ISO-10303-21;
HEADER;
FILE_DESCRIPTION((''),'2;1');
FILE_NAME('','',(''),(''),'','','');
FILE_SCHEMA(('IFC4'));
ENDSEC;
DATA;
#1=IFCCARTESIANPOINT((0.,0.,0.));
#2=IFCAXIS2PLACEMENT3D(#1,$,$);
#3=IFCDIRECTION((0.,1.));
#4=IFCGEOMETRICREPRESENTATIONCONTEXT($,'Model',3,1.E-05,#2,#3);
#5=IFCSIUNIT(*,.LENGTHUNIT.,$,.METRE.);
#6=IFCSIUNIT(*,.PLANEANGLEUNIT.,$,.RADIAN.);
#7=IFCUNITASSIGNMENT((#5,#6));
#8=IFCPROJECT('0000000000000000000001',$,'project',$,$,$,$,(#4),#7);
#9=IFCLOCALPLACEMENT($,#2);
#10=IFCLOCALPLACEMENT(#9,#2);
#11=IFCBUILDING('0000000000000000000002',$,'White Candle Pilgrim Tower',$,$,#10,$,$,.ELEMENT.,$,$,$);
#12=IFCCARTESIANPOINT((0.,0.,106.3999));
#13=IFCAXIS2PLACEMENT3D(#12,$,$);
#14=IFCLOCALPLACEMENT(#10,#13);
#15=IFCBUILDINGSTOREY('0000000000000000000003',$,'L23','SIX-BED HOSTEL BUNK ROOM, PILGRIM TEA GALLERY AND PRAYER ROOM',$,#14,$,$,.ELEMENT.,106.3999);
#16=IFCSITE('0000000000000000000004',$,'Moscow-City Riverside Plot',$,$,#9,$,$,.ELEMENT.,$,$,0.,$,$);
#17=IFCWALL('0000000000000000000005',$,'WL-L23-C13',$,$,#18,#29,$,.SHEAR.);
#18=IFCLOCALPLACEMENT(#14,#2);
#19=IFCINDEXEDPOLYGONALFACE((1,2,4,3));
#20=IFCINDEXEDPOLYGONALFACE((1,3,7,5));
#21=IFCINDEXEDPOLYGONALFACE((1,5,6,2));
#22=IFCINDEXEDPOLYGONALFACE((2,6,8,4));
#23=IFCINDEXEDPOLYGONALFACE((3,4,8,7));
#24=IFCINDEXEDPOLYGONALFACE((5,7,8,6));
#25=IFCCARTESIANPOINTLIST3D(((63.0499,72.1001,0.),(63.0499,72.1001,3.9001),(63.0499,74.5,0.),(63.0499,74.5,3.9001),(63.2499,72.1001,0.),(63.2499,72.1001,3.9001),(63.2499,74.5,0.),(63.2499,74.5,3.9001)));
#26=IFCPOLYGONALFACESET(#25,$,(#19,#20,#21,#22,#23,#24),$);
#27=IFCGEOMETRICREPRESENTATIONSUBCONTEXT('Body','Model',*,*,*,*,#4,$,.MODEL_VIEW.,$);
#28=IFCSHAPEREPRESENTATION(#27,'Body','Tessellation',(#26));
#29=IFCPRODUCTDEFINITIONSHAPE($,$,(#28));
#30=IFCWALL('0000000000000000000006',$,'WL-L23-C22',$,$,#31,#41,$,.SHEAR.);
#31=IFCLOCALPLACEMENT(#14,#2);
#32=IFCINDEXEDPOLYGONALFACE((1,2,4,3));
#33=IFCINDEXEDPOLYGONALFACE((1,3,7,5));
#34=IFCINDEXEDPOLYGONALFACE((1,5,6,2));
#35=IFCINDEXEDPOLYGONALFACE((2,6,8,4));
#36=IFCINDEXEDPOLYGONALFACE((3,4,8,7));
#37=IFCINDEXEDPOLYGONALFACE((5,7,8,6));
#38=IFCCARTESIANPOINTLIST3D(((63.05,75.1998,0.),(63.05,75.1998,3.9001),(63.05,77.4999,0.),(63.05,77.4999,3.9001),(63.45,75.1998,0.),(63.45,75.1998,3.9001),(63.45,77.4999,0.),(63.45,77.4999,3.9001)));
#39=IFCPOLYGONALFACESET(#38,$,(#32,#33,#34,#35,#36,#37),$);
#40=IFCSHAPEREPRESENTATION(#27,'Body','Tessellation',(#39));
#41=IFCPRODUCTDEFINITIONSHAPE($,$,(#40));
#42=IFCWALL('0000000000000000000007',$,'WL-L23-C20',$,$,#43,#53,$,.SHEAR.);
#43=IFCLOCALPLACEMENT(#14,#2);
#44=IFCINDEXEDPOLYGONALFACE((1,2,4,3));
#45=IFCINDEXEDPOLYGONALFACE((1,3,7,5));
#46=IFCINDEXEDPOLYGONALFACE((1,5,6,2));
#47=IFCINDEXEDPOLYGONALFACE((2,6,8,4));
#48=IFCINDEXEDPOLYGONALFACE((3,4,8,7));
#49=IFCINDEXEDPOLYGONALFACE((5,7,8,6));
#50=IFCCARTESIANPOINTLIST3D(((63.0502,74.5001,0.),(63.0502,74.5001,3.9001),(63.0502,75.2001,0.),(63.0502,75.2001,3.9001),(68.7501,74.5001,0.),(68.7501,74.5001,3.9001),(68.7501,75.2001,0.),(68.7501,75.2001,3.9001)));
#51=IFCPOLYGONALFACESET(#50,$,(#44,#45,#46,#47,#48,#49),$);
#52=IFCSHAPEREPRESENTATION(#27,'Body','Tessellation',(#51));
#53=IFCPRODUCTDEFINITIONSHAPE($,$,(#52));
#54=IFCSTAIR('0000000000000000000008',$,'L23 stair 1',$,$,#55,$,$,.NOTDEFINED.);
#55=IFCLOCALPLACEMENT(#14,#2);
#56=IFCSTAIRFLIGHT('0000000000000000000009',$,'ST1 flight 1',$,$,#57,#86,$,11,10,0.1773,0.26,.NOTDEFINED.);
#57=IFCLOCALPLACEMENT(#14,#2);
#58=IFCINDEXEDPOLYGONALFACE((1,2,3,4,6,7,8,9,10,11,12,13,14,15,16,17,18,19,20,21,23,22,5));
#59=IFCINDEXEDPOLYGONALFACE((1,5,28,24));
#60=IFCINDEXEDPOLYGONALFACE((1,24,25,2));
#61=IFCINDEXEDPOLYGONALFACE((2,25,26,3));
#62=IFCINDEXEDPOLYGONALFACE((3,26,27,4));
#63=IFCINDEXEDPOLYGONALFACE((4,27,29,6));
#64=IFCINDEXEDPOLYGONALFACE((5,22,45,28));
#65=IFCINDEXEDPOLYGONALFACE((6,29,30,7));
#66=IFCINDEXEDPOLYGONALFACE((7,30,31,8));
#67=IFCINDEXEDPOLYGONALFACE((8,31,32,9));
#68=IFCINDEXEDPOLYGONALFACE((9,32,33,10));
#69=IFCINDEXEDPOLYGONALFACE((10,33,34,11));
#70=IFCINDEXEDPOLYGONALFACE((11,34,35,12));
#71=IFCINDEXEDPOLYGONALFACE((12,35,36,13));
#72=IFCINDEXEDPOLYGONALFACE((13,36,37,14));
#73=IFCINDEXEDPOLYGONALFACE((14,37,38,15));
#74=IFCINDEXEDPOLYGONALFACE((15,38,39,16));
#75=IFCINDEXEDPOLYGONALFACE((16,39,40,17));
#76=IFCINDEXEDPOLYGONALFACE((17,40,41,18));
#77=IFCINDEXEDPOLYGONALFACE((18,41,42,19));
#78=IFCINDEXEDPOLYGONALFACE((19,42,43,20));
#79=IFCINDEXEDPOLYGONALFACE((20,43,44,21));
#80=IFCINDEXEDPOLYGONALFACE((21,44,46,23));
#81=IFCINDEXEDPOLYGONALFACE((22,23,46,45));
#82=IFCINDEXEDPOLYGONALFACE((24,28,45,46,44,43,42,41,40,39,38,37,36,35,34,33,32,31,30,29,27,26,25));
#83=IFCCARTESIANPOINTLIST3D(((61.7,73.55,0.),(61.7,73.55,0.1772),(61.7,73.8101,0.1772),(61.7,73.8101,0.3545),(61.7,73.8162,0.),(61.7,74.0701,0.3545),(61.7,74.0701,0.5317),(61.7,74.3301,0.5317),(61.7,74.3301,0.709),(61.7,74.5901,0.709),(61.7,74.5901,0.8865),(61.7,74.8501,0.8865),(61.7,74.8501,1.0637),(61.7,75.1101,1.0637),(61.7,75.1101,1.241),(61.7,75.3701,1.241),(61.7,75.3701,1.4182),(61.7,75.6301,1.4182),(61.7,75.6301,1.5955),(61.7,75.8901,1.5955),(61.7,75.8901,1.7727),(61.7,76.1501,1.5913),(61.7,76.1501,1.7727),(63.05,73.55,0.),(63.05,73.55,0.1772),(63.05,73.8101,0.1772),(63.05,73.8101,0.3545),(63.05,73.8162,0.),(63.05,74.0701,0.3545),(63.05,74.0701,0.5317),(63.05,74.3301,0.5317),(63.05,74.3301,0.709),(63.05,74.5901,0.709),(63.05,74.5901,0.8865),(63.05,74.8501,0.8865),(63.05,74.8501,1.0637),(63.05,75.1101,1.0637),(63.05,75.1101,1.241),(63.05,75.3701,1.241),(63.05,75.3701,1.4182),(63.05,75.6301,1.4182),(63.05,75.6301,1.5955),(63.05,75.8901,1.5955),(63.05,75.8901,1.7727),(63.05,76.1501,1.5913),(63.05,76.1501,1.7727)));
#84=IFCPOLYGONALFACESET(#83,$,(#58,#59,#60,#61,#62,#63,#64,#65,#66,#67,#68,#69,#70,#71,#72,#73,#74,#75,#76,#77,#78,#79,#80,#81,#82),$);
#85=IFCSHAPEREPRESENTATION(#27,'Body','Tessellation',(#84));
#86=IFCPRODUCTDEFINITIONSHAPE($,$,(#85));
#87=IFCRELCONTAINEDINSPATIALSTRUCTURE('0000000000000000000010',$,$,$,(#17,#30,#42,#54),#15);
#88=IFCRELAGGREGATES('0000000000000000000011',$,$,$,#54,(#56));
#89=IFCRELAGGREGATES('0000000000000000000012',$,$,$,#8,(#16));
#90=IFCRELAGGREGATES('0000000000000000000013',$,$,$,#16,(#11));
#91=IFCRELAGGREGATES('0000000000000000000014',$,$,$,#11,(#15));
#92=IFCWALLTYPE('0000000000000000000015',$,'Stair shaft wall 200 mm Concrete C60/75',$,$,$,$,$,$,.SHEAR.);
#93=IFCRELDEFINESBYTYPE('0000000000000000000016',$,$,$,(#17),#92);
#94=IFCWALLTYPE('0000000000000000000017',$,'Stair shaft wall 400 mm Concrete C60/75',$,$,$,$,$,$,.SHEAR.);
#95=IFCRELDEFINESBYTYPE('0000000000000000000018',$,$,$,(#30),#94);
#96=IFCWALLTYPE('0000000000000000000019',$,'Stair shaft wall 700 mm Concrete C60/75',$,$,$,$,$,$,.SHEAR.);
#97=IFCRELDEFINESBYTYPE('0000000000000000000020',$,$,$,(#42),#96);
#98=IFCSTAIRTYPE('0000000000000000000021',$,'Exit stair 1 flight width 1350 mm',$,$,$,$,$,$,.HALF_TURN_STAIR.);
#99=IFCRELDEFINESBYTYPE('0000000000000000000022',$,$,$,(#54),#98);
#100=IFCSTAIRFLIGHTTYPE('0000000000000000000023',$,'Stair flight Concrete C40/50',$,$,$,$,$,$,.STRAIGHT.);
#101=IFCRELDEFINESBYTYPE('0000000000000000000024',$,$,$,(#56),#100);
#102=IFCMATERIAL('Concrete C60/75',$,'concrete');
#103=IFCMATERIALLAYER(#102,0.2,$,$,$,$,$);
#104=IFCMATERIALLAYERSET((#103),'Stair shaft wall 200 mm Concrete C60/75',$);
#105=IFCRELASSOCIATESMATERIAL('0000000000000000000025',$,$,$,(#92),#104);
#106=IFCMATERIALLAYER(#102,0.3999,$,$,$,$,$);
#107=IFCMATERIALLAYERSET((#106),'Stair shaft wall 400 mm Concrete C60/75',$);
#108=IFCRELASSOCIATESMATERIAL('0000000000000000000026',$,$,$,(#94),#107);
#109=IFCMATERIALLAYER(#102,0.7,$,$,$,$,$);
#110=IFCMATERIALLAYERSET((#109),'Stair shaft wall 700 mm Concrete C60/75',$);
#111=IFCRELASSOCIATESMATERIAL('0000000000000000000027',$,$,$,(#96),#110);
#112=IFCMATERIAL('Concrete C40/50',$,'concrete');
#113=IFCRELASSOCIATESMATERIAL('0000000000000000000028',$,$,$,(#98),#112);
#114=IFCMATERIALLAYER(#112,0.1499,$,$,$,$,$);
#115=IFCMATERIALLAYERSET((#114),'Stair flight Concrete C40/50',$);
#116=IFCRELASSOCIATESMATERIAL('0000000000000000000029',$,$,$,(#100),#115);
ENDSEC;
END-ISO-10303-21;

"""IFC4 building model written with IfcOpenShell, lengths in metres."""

from ifc_helpers import new_model, si_unit, direction, frame, frame_2d, origin, place, context, subcontext, project, spatial, polyline, rectangle, outline, extrude, material, layer, layer_set, type_object, element, aggregate, save


model = new_model("IFC4")

# Units and contexts
model_context = context("Model", 3, precision=1e-05, world=origin(), true_north=direction((0.0, 1.0)))
body_context = subcontext(model_context, "Body", "Model", "MODEL_VIEW")
ifc_project = project(units=[si_unit("LENGTHUNIT", "METRE"), si_unit("PLANEANGLEUNIT", "RADIAN")], contexts=[model_context])

# Site, building, storey
site_placement = place(None, origin())
site = spatial("IfcSite", under=ifc_project, at=site_placement, Name="Moscow-City Riverside Plot", CompositionType="ELEMENT", RefElevation=0.0)
building_placement = place(site_placement, origin())
building = spatial("IfcBuilding", under=site, at=building_placement, Name="White Candle Pilgrim Tower", CompositionType="ELEMENT")
storey_placement = place(building_placement, frame((0.0, 0.0, 106.3999)))
storey = spatial("IfcBuildingStorey", under=building, at=storey_placement, Name="L23", Description="SIX-BED HOSTEL BUNK ROOM, PILGRIM TEA GALLERY AND PRAYER ROOM", CompositionType="ELEMENT", Elevation=106.3999)

# Shared definitions
ifc_material_1 = material(Name="Concrete C60/75", Category="concrete")

# Walls
ifc_layer_1 = layer(ifc_material_1, 0.2)
ifc_layer_set_1 = layer_set([ifc_layer_1], Name="Stair shaft wall 200 mm Concrete C60/75")
wall_type_1 = type_object("IfcWallType", Name="Stair shaft wall 200 mm Concrete C60/75", PredefinedType="SHEAR", material=ifc_layer_set_1)
wall_1_placement = place(storey_placement, frame((63.1499, 72.1001, 0.0), z_axis=(0.0, 0.0, 1.0), x_axis=(0.0, 1.0, 0.0)))
element("IfcWall", 1, at=wall_1_placement, inside=storey, type_object=wall_type_1, Name="WL-L23-C13", PredefinedType="SHEAR", context=body_context, shape_type="SweptSolid", body=[
    extrude(rectangle(XDim=2.3999, YDim=0.2, at=frame_2d((1.2, 0.0))), origin(), (0.0, 0.0, 1.0), 3.9001),
])
ifc_layer_2 = layer(ifc_material_1, 0.3999)
ifc_layer_set_2 = layer_set([ifc_layer_2], Name="Stair shaft wall 400 mm Concrete C60/75")
wall_type_2 = type_object("IfcWallType", Name="Stair shaft wall 400 mm Concrete C60/75", PredefinedType="SHEAR", material=ifc_layer_set_2)
wall_2_placement = place(storey_placement, frame((63.25, 75.2, 0.0), z_axis=(0.0, 0.0, 1.0), x_axis=(0.0, 1.0, 0.0)))
element("IfcWall", 2, at=wall_2_placement, inside=storey, type_object=wall_type_2, Name="WL-L23-C22", PredefinedType="SHEAR", context=body_context, shape_type="SweptSolid", body=[
    extrude(rectangle(XDim=2.3, YDim=0.3999, at=frame_2d((1.1499, 0.0))), origin(), (0.0, 0.0, 1.0), 3.9001),
])
ifc_layer_3 = layer(ifc_material_1, 0.7)
ifc_layer_set_3 = layer_set([ifc_layer_3], Name="Stair shaft wall 700 mm Concrete C60/75")
wall_type_3 = type_object("IfcWallType", Name="Stair shaft wall 700 mm Concrete C60/75", PredefinedType="SHEAR", material=ifc_layer_set_3)
wall_3_placement = place(storey_placement, frame((63.05, 74.8501, 0.0), z_axis=(0.0, 0.0, 1.0), x_axis=(1.0, 0.0, 0.0)))
element("IfcWall", 3, at=wall_3_placement, inside=storey, type_object=wall_type_3, Name="WL-L23-C20", PredefinedType="SHEAR", context=body_context, shape_type="SweptSolid", body=[
    extrude(rectangle(XDim=5.7, YDim=0.7, at=frame_2d((2.8501, 0.0))), origin(), (0.0, 0.0, 1.0), 3.9001),
])

# Stair, stair flight
ifc_material_2 = material(Name="Concrete C40/50", Category="concrete")
stair_type = type_object("IfcStairType", Name="Exit stair 1 flight width 1350 mm", PredefinedType="HALF_TURN_STAIR", material=ifc_material_2)
stair_placement = place(storey_placement, origin())
stair = element("IfcStair", 4, at=stair_placement, inside=storey, type_object=stair_type, Name="L23 stair 1", PredefinedType="NOTDEFINED")
ifc_layer_4 = layer(ifc_material_2, 0.1499)
ifc_layer_set_4 = layer_set([ifc_layer_4], Name="Stair flight Concrete C40/50")
stair_flight_type = type_object("IfcStairFlightType", Name="Stair flight Concrete C40/50", PredefinedType="STRAIGHT", material=ifc_layer_set_4)
stair_flight_placement = place(storey_placement, frame((62.375, 73.55, 0.0), z_axis=(0.0, 0.0, 1.0), x_axis=(0.0, 1.0, 0.0)))
stair_flight = element("IfcStairFlight", 5, at=stair_flight_placement, type_object=stair_flight_type, Name="ST1 flight 1", NumberOfRisers=11, NumberOfTreads=10, PredefinedType="NOTDEFINED", RiserHeight=0.1773, TreadLength=0.26, context=body_context, shape_type="SweptSolid", body=[
    extrude(outline(polyline([(0.0, 0.0), (0.0, 0.1772), (0.26, 0.1772), (0.26, 0.3545), (0.52, 0.3545), (0.52, 0.5317), (0.78, 0.5317), (0.78, 0.709), (1.04, 0.709), (1.04, 0.8865), (1.3, 0.8865), (1.3, 1.0637), (1.5601, 1.0637), (1.5601, 1.241), (1.8201, 1.241), (1.8201, 1.4182), (2.0801, 1.4182), (2.0801, 1.5955), (2.3401, 1.5955), (2.3401, 1.7727), (2.6001, 1.7727), (2.6001, 1.95), (2.6001, 1.5913), (0.2661, 0.0), (0.0, 0.0)])), frame((0.0, 0.675, 0.0), z_axis=(0.0, -1.0, 0.0), x_axis=(1.0, 0.0, 0.0)), (0.0, 0.0, 1.0), 1.3501),
])
aggregate(stair, [stair_flight])

save(model, "model.ifc")
